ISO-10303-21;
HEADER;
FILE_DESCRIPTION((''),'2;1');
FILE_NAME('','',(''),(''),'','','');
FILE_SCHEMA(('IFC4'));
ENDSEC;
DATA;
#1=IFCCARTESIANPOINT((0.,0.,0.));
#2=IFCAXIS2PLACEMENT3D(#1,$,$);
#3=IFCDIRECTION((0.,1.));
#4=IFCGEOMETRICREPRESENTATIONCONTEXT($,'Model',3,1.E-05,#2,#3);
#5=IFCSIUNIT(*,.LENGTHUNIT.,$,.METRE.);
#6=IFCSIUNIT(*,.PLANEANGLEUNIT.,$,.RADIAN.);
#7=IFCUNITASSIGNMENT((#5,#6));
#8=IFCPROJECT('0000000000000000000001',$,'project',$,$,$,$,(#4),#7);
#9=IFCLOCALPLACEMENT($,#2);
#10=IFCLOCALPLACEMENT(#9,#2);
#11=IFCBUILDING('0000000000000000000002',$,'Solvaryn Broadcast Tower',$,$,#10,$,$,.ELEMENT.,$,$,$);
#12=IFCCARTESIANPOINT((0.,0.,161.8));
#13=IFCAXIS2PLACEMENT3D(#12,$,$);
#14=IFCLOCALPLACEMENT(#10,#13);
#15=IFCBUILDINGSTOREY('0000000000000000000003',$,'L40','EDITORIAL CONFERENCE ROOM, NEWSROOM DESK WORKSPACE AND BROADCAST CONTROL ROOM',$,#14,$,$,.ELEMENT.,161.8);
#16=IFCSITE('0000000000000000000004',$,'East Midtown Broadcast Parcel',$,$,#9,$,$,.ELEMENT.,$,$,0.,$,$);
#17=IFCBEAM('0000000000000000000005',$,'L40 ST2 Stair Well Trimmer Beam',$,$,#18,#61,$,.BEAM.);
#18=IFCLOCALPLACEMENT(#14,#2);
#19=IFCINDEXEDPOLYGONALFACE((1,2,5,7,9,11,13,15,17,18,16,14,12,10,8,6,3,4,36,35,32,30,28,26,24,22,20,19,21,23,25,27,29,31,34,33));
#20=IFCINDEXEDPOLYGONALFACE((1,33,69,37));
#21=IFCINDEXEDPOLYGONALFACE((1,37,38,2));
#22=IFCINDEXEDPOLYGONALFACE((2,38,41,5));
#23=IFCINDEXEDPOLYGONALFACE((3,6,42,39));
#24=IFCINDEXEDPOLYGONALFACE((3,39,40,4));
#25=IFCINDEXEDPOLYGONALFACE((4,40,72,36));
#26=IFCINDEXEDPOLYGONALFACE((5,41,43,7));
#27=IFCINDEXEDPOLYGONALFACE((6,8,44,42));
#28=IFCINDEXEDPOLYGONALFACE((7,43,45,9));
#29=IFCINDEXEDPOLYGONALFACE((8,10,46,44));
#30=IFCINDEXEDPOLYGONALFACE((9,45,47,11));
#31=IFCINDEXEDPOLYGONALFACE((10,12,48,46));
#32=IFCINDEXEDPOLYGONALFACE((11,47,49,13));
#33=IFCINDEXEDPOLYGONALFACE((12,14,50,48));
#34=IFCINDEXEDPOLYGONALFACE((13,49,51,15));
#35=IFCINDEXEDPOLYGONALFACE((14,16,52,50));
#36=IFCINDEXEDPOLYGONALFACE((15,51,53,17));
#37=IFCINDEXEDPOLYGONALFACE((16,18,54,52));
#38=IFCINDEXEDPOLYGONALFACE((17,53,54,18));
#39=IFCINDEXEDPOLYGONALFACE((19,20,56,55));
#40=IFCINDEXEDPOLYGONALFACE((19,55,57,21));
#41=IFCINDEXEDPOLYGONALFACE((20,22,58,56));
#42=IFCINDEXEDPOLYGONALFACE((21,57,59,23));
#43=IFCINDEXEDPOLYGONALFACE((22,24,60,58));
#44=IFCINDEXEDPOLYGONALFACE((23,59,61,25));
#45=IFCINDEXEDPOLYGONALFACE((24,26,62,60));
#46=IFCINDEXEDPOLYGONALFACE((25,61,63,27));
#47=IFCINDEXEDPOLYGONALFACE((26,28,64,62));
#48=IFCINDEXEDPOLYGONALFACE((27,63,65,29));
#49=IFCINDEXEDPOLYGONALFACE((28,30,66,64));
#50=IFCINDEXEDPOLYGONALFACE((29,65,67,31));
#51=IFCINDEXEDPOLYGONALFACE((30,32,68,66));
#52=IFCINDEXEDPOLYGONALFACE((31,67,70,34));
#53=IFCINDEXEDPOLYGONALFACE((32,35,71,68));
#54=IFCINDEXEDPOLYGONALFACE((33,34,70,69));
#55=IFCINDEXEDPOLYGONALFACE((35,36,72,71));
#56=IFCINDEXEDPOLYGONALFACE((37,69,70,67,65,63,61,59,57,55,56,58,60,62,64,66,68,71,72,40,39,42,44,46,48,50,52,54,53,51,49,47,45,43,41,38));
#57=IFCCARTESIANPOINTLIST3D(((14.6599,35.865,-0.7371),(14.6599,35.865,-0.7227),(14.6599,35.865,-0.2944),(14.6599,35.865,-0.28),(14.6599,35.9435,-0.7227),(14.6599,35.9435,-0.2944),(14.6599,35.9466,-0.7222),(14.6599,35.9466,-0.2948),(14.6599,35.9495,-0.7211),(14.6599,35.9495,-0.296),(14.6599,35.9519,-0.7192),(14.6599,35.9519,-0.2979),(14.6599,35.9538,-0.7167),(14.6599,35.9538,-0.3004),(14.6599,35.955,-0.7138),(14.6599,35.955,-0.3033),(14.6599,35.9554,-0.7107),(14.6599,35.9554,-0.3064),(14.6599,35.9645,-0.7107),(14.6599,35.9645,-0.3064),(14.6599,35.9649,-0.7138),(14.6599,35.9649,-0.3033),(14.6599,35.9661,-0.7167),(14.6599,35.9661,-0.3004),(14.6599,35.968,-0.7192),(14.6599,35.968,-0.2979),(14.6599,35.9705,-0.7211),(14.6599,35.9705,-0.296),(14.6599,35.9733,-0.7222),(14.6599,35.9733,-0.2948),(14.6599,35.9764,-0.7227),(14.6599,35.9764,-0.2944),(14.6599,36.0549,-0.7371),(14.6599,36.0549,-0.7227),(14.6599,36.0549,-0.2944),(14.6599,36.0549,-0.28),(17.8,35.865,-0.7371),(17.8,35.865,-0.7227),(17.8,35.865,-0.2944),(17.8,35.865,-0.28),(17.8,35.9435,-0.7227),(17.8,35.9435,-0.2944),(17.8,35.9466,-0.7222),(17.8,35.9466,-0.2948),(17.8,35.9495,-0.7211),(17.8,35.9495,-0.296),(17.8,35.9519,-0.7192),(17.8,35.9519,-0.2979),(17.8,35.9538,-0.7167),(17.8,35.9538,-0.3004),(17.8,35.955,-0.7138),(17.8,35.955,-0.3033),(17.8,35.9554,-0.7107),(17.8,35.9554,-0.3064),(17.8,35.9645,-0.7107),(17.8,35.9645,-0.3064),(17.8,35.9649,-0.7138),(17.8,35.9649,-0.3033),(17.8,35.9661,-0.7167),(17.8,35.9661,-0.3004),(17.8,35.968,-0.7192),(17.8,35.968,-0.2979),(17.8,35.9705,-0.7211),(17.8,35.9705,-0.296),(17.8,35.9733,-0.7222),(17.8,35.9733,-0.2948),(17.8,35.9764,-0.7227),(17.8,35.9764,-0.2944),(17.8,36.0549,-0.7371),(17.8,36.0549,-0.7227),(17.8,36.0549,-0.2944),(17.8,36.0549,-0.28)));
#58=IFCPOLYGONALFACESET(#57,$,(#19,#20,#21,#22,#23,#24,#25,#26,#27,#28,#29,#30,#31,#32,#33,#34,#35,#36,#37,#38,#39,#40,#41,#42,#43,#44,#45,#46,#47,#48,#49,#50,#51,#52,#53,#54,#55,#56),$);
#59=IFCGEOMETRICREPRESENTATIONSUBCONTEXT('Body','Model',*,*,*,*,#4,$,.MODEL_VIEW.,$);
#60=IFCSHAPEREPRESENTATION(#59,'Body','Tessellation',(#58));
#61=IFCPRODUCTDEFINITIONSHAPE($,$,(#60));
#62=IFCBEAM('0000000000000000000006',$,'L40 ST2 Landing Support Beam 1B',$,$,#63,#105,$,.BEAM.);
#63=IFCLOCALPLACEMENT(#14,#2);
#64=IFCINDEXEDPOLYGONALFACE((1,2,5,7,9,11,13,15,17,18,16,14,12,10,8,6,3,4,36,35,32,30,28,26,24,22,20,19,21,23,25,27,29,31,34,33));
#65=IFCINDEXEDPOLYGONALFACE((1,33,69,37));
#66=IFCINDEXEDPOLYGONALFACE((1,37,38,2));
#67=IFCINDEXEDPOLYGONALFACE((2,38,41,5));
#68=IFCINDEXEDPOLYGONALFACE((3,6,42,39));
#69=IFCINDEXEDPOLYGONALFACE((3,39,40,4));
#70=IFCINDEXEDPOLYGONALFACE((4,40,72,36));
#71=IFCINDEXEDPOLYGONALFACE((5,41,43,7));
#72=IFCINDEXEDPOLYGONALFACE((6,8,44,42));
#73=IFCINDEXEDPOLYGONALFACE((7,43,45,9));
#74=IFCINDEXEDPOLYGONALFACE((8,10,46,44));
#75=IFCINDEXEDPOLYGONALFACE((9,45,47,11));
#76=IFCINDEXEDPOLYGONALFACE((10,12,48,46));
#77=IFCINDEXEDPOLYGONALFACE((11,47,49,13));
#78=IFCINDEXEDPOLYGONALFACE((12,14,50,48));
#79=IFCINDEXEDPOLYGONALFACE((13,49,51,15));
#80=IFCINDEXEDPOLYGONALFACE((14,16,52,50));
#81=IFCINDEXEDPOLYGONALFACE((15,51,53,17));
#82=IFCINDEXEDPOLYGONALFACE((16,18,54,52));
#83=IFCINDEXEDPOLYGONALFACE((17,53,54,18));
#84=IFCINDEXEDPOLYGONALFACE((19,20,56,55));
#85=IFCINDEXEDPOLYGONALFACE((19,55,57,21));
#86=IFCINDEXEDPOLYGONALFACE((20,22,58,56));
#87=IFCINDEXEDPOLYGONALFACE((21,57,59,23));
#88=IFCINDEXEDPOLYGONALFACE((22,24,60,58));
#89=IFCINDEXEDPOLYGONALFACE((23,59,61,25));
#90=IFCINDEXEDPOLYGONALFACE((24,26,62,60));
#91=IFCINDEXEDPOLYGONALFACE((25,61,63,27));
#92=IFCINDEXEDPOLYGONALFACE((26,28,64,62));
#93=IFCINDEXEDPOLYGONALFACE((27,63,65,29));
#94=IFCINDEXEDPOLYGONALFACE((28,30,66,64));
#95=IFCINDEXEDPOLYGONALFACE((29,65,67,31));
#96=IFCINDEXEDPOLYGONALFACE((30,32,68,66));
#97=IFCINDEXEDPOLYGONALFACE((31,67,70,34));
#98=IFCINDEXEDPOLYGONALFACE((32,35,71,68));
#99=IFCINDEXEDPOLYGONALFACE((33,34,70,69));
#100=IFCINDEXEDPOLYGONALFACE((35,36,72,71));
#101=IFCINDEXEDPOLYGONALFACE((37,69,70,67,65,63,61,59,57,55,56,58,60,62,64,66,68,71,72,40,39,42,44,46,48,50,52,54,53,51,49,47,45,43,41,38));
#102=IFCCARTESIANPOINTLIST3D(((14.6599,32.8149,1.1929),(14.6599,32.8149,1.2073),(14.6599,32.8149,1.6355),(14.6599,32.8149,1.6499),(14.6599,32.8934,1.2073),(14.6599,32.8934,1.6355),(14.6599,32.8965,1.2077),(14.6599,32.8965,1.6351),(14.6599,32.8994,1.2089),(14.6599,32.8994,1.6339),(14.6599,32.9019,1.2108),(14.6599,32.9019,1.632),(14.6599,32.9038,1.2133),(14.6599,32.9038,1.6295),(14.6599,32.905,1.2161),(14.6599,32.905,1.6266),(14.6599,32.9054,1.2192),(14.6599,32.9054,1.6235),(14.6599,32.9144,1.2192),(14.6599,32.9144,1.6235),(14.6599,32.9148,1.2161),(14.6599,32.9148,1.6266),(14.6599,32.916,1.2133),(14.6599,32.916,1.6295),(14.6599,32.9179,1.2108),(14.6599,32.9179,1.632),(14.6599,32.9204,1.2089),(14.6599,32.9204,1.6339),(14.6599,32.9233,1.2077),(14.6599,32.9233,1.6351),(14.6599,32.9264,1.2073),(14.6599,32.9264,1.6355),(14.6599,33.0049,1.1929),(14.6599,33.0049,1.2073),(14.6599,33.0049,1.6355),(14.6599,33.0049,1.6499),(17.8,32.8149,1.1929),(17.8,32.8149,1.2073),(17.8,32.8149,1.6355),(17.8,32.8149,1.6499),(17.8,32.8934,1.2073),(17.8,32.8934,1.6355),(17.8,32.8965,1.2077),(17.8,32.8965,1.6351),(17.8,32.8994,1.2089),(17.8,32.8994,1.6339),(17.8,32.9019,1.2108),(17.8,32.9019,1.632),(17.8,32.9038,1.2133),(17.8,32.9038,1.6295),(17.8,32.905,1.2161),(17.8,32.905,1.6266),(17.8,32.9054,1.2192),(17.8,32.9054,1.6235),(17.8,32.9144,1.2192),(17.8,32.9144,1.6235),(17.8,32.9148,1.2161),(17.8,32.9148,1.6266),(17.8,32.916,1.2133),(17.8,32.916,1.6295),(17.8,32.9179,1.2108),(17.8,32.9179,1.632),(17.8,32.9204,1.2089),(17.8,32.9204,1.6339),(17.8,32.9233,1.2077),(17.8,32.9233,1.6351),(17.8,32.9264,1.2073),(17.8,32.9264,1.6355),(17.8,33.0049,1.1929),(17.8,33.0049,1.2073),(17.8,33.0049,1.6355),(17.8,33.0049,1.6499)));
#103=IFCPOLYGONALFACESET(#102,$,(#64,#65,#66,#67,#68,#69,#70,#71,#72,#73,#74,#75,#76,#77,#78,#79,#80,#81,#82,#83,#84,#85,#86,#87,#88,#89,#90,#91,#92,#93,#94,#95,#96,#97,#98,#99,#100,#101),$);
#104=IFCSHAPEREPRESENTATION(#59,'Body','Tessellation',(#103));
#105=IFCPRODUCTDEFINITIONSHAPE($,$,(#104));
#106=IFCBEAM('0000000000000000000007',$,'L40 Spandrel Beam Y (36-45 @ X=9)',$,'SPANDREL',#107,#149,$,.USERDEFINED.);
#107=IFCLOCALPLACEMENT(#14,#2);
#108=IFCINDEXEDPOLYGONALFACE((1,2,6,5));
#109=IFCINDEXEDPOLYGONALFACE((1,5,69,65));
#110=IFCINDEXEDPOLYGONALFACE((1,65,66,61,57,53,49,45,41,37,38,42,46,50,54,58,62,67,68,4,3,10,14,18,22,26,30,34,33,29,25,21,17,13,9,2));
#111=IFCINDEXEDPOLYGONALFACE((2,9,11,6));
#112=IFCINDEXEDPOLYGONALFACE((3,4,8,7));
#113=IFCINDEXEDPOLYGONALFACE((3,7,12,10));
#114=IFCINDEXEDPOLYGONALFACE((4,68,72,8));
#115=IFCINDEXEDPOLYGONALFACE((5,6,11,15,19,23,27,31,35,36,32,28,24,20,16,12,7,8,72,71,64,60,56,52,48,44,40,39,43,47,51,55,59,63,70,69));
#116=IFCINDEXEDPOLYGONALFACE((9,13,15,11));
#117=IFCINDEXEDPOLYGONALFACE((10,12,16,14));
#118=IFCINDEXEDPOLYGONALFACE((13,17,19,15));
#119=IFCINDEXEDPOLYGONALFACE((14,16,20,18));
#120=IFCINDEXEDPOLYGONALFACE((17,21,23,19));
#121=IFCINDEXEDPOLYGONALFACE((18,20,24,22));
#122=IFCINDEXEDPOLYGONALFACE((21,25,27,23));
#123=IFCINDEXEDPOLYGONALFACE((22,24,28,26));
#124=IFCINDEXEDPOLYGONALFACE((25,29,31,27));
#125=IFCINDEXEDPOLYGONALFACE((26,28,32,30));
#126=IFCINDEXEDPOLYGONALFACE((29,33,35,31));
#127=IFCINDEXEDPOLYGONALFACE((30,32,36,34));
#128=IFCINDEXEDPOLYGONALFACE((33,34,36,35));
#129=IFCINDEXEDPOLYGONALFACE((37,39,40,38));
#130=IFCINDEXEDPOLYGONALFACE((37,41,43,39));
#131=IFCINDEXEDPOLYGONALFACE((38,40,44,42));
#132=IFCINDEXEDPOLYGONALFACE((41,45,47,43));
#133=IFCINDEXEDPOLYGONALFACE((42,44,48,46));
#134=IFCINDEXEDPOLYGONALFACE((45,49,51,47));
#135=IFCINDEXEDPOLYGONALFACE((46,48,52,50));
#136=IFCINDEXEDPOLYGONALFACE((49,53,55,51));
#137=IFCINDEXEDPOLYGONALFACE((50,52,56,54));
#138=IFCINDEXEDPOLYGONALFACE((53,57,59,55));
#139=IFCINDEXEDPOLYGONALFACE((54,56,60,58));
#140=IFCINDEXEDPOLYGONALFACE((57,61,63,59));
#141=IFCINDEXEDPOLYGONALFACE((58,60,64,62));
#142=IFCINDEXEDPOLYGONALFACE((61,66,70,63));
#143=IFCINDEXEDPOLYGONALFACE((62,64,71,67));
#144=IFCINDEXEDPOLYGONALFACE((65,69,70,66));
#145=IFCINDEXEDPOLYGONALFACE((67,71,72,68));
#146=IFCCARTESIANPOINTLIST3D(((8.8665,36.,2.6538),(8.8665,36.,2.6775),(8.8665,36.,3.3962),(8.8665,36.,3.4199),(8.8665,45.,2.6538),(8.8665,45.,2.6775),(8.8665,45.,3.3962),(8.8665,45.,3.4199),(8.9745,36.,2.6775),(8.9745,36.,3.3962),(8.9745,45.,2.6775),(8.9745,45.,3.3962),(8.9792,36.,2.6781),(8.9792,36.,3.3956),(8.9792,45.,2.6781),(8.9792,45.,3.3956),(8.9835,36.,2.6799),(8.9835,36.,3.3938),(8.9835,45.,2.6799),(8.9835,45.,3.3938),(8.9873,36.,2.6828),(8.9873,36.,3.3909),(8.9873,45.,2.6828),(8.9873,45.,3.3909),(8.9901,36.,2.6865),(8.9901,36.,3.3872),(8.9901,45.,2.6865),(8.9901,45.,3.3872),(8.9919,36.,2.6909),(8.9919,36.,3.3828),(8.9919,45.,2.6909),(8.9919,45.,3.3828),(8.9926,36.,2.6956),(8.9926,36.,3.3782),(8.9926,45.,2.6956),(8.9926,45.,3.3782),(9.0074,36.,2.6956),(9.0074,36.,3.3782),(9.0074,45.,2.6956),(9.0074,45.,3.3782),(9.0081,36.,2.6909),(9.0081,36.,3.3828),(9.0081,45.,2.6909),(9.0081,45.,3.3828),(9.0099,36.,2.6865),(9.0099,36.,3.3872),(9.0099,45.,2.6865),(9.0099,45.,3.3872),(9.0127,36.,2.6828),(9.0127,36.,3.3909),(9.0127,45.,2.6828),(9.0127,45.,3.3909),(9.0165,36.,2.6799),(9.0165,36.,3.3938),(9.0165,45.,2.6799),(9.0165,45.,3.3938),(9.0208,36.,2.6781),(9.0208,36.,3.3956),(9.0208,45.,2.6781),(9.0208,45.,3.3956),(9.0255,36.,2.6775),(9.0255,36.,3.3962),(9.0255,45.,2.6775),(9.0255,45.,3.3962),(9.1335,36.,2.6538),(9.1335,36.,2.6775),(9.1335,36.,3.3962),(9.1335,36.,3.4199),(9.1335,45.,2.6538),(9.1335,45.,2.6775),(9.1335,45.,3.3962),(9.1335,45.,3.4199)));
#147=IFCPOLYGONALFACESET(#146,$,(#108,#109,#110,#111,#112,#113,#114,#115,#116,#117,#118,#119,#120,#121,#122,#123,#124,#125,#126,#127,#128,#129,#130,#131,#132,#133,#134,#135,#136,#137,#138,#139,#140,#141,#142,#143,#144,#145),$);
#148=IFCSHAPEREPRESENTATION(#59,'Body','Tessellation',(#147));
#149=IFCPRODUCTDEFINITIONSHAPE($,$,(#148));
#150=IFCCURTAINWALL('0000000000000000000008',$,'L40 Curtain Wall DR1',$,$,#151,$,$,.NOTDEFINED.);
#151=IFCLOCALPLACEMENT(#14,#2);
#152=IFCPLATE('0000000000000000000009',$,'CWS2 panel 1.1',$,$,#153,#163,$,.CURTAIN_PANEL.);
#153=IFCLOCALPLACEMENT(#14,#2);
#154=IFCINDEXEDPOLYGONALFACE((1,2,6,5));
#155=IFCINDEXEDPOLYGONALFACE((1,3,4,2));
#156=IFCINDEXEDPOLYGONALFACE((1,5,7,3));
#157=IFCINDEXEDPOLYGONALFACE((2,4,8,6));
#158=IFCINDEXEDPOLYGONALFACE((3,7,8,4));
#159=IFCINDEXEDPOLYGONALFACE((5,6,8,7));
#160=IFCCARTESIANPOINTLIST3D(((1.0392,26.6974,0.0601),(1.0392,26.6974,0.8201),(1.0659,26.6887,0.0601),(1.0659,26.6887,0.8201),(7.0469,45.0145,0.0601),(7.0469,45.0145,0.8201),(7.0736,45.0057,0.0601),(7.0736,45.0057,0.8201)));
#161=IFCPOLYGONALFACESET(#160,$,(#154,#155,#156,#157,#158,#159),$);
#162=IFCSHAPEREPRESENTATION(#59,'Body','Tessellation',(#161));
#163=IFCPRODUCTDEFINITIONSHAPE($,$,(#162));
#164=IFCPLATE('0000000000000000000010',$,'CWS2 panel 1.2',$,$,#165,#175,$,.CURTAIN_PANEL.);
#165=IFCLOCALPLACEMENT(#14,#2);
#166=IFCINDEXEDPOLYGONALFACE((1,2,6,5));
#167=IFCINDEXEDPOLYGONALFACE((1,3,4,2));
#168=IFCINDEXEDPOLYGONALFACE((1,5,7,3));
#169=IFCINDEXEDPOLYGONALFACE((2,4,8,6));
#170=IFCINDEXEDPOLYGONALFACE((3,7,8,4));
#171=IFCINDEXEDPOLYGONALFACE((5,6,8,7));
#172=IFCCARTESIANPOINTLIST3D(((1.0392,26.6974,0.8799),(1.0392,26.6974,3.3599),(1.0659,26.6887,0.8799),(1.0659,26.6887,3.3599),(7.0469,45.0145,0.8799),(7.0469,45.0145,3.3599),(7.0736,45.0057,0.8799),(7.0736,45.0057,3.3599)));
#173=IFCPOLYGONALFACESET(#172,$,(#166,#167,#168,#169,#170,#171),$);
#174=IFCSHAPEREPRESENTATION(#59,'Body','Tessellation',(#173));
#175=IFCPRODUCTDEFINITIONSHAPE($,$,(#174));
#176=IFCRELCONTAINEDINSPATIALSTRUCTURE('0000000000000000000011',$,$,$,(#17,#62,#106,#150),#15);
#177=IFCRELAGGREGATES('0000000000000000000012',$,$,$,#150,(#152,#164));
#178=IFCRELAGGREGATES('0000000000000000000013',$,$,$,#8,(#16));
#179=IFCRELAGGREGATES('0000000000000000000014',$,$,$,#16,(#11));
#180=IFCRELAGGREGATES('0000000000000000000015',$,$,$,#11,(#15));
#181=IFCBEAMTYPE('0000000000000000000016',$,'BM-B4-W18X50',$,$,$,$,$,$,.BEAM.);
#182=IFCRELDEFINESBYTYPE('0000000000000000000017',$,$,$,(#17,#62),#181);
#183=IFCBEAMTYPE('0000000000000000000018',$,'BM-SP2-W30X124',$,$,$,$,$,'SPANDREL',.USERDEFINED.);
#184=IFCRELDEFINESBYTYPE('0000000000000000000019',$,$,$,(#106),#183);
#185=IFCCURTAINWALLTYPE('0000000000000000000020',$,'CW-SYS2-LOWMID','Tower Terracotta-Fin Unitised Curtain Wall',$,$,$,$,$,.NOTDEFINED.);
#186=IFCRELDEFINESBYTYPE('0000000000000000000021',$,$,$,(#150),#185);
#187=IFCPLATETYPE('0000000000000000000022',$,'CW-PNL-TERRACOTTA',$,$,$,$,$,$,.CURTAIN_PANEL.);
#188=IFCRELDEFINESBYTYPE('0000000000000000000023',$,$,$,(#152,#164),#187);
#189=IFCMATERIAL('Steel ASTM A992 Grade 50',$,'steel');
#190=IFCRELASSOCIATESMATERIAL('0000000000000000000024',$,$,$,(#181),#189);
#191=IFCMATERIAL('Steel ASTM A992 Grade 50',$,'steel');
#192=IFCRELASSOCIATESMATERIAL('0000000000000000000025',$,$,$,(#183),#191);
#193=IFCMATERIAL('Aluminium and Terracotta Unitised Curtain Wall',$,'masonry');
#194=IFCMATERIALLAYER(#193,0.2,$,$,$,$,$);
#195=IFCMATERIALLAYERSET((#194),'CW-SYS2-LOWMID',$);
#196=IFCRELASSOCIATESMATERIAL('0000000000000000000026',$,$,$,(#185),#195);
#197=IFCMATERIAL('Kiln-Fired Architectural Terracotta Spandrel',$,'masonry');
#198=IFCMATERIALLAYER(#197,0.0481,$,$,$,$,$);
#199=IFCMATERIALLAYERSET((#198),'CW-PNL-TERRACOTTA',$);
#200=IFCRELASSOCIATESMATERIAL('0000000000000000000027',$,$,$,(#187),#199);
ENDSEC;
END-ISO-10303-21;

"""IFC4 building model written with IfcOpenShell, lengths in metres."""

from ifc_helpers import new_model, si_unit, direction, frame, origin, origin_2d, place, context, subcontext, project, spatial, rectangle, i_section, extrude, material, layer, layer_set, material_profile, profile_set, type_object, element, aggregate, save


model = new_model("IFC4")

# Units and contexts
model_context = context("Model", 3, precision=1e-05, world=origin(), true_north=direction((0.0, 1.0)))
body_context = subcontext(model_context, "Body", "Model", "MODEL_VIEW")
ifc_project = project(units=[si_unit("LENGTHUNIT", "METRE"), si_unit("PLANEANGLEUNIT", "RADIAN")], contexts=[model_context])

# Site, building, storey
site_placement = place(None, origin())
site = spatial("IfcSite", under=ifc_project, at=site_placement, Name="East Midtown Broadcast Parcel", CompositionType="ELEMENT", RefElevation=0.0)
building_placement = place(site_placement, origin())
building = spatial("IfcBuilding", under=site, at=building_placement, Name="Solvaryn Broadcast Tower", CompositionType="ELEMENT")
storey_placement = place(building_placement, frame((0.0, 0.0, 161.8)))
storey = spatial("IfcBuildingStorey", under=building, at=storey_placement, Name="L40", Description="EDITORIAL CONFERENCE ROOM, NEWSROOM DESK WORKSPACE AND BROADCAST CONTROL ROOM", CompositionType="ELEMENT", Elevation=161.8)

# Beams
ifc_material_1 = material(Name="Steel ASTM A992 Grade 50", Category="steel")
ifc_material_profile_1 = material_profile(ifc_material_1, i_section(OverallWidth=0.1899, OverallDepth=0.457, WebThickness=0.009, FlangeThickness=0.0144, FilletRadius=0.012, at=origin_2d()))
ifc_profile_set_1 = profile_set([ifc_material_profile_1], Name="Steel ASTM A992 Grade 50")
beam_type_1 = type_object("IfcBeamType", Name="BM-B4-W18X50", PredefinedType="BEAM", material=ifc_profile_set_1)
for number, where, z_axis, x_axis, name in (
    (1, (14.6599, 35.96, -0.5085), (1.0, 0.0, 0.0), (0.0, 1.0, 0.0), "L40 ST2 Stair Well Trimmer Beam"),
    (2, (14.6599, 32.9099, 1.4214), (1.0, 0.0, 0.0), (0.0, 1.0, 0.0), "L40 ST2 Landing Support Beam 1B"),
):
    element("IfcBeam", number, at=place(storey_placement, frame(where, z_axis=z_axis, x_axis=x_axis)), inside=storey, type_object=beam_type_1, Name=name, PredefinedType="BEAM", context=body_context, shape_type="SweptSolid", body=[
        extrude(i_section(OverallWidth=0.1899, OverallDepth=0.457, WebThickness=0.009, FlangeThickness=0.0144, FilletRadius=0.012, at=origin_2d()), origin(), (0.0, 0.0, 1.0), 3.1401),
    ])
ifc_material_2 = material(Name="Steel ASTM A992 Grade 50", Category="steel")
ifc_material_profile_2 = material_profile(ifc_material_2, i_section(OverallWidth=0.2671, OverallDepth=0.7661, WebThickness=0.0149, FlangeThickness=0.0237, FilletRadius=0.0181, at=origin_2d()))
ifc_profile_set_2 = profile_set([ifc_material_profile_2], Name="Steel ASTM A992 Grade 50")
beam_type_2 = type_object("IfcBeamType", Name="BM-SP2-W30X124", ElementType="SPANDREL", PredefinedType="USERDEFINED", material=ifc_profile_set_2)
beam_1_placement = place(storey_placement, frame((9.0, 36.0, 3.0369), z_axis=(0.0, 1.0, 0.0), x_axis=(-1.0, 0.0, 0.0)))
element("IfcBeam", 3, at=beam_1_placement, inside=storey, type_object=beam_type_2, Name="L40 Spandrel Beam Y (36-45 @ X=9)", ObjectType="SPANDREL", PredefinedType="USERDEFINED", context=body_context, shape_type="SweptSolid", body=[
    extrude(i_section(OverallWidth=0.2671, OverallDepth=0.7661, WebThickness=0.0149, FlangeThickness=0.0237, FilletRadius=0.0181, at=origin_2d()), origin(), (0.0, 0.0, 1.0), 9.0),
])

# Curtain wall, plates
ifc_material_3 = material(Name="Aluminium and Terracotta Unitised Curtain Wall", Category="masonry")
ifc_layer_1 = layer(ifc_material_3, 0.2)
ifc_layer_set_1 = layer_set([ifc_layer_1], Name="CW-SYS2-LOWMID")
curtain_wall_type = type_object("IfcCurtainWallType", Name="CW-SYS2-LOWMID", Description="Tower Terracotta-Fin Unitised Curtain Wall", PredefinedType="NOTDEFINED", material=ifc_layer_set_1)
curtain_wall_placement = place(storey_placement, origin())
curtain_wall = element("IfcCurtainWall", 4, at=curtain_wall_placement, inside=storey, type_object=curtain_wall_type, Name="L40 Curtain Wall DR1", PredefinedType="NOTDEFINED")
ifc_material_4 = material(Name="Kiln-Fired Architectural Terracotta Spandrel", Category="masonry")
ifc_layer_2 = layer(ifc_material_4, 0.0481)
ifc_layer_set_2 = layer_set([ifc_layer_2], Name="CW-PNL-TERRACOTTA")
plate_type = type_object("IfcPlateType", Name="CW-PNL-TERRACOTTA", PredefinedType="CURTAIN_PANEL", material=ifc_layer_set_2)
plate_1_placement = place(storey_placement, frame((4.0564, 35.8516, 0.0601), z_axis=(0.0, 0.0, 1.0), x_axis=(-0.311646, -0.950198, 0.0)))
plate_1 = element("IfcPlate", 5, at=plate_1_placement, type_object=plate_type, Name="CWS2 panel 1.1", PredefinedType="CURTAIN_PANEL", context=body_context, shape_type="SweptSolid", body=[
    extrude(rectangle(XDim=19.2771, YDim=0.0281, at=origin_2d()), origin(), (0.0, 0.0, 1.0), 0.76),
])
plate_2_placement = place(storey_placement, frame((4.0564, 35.8516, 0.8799), z_axis=(0.0, 0.0, 1.0), x_axis=(-0.311646, -0.950198, 0.0)))
plate_2 = element("IfcPlate", 6, at=plate_2_placement, type_object=plate_type, Name="CWS2 panel 1.2", PredefinedType="CURTAIN_PANEL", context=body_context, shape_type="SweptSolid", body=[
    extrude(rectangle(XDim=19.2771, YDim=0.0281, at=origin_2d()), origin(), (0.0, 0.0, 1.0), 2.48),
])
aggregate(curtain_wall, [plate_1, plate_2])

save(model, "model.ifc")
